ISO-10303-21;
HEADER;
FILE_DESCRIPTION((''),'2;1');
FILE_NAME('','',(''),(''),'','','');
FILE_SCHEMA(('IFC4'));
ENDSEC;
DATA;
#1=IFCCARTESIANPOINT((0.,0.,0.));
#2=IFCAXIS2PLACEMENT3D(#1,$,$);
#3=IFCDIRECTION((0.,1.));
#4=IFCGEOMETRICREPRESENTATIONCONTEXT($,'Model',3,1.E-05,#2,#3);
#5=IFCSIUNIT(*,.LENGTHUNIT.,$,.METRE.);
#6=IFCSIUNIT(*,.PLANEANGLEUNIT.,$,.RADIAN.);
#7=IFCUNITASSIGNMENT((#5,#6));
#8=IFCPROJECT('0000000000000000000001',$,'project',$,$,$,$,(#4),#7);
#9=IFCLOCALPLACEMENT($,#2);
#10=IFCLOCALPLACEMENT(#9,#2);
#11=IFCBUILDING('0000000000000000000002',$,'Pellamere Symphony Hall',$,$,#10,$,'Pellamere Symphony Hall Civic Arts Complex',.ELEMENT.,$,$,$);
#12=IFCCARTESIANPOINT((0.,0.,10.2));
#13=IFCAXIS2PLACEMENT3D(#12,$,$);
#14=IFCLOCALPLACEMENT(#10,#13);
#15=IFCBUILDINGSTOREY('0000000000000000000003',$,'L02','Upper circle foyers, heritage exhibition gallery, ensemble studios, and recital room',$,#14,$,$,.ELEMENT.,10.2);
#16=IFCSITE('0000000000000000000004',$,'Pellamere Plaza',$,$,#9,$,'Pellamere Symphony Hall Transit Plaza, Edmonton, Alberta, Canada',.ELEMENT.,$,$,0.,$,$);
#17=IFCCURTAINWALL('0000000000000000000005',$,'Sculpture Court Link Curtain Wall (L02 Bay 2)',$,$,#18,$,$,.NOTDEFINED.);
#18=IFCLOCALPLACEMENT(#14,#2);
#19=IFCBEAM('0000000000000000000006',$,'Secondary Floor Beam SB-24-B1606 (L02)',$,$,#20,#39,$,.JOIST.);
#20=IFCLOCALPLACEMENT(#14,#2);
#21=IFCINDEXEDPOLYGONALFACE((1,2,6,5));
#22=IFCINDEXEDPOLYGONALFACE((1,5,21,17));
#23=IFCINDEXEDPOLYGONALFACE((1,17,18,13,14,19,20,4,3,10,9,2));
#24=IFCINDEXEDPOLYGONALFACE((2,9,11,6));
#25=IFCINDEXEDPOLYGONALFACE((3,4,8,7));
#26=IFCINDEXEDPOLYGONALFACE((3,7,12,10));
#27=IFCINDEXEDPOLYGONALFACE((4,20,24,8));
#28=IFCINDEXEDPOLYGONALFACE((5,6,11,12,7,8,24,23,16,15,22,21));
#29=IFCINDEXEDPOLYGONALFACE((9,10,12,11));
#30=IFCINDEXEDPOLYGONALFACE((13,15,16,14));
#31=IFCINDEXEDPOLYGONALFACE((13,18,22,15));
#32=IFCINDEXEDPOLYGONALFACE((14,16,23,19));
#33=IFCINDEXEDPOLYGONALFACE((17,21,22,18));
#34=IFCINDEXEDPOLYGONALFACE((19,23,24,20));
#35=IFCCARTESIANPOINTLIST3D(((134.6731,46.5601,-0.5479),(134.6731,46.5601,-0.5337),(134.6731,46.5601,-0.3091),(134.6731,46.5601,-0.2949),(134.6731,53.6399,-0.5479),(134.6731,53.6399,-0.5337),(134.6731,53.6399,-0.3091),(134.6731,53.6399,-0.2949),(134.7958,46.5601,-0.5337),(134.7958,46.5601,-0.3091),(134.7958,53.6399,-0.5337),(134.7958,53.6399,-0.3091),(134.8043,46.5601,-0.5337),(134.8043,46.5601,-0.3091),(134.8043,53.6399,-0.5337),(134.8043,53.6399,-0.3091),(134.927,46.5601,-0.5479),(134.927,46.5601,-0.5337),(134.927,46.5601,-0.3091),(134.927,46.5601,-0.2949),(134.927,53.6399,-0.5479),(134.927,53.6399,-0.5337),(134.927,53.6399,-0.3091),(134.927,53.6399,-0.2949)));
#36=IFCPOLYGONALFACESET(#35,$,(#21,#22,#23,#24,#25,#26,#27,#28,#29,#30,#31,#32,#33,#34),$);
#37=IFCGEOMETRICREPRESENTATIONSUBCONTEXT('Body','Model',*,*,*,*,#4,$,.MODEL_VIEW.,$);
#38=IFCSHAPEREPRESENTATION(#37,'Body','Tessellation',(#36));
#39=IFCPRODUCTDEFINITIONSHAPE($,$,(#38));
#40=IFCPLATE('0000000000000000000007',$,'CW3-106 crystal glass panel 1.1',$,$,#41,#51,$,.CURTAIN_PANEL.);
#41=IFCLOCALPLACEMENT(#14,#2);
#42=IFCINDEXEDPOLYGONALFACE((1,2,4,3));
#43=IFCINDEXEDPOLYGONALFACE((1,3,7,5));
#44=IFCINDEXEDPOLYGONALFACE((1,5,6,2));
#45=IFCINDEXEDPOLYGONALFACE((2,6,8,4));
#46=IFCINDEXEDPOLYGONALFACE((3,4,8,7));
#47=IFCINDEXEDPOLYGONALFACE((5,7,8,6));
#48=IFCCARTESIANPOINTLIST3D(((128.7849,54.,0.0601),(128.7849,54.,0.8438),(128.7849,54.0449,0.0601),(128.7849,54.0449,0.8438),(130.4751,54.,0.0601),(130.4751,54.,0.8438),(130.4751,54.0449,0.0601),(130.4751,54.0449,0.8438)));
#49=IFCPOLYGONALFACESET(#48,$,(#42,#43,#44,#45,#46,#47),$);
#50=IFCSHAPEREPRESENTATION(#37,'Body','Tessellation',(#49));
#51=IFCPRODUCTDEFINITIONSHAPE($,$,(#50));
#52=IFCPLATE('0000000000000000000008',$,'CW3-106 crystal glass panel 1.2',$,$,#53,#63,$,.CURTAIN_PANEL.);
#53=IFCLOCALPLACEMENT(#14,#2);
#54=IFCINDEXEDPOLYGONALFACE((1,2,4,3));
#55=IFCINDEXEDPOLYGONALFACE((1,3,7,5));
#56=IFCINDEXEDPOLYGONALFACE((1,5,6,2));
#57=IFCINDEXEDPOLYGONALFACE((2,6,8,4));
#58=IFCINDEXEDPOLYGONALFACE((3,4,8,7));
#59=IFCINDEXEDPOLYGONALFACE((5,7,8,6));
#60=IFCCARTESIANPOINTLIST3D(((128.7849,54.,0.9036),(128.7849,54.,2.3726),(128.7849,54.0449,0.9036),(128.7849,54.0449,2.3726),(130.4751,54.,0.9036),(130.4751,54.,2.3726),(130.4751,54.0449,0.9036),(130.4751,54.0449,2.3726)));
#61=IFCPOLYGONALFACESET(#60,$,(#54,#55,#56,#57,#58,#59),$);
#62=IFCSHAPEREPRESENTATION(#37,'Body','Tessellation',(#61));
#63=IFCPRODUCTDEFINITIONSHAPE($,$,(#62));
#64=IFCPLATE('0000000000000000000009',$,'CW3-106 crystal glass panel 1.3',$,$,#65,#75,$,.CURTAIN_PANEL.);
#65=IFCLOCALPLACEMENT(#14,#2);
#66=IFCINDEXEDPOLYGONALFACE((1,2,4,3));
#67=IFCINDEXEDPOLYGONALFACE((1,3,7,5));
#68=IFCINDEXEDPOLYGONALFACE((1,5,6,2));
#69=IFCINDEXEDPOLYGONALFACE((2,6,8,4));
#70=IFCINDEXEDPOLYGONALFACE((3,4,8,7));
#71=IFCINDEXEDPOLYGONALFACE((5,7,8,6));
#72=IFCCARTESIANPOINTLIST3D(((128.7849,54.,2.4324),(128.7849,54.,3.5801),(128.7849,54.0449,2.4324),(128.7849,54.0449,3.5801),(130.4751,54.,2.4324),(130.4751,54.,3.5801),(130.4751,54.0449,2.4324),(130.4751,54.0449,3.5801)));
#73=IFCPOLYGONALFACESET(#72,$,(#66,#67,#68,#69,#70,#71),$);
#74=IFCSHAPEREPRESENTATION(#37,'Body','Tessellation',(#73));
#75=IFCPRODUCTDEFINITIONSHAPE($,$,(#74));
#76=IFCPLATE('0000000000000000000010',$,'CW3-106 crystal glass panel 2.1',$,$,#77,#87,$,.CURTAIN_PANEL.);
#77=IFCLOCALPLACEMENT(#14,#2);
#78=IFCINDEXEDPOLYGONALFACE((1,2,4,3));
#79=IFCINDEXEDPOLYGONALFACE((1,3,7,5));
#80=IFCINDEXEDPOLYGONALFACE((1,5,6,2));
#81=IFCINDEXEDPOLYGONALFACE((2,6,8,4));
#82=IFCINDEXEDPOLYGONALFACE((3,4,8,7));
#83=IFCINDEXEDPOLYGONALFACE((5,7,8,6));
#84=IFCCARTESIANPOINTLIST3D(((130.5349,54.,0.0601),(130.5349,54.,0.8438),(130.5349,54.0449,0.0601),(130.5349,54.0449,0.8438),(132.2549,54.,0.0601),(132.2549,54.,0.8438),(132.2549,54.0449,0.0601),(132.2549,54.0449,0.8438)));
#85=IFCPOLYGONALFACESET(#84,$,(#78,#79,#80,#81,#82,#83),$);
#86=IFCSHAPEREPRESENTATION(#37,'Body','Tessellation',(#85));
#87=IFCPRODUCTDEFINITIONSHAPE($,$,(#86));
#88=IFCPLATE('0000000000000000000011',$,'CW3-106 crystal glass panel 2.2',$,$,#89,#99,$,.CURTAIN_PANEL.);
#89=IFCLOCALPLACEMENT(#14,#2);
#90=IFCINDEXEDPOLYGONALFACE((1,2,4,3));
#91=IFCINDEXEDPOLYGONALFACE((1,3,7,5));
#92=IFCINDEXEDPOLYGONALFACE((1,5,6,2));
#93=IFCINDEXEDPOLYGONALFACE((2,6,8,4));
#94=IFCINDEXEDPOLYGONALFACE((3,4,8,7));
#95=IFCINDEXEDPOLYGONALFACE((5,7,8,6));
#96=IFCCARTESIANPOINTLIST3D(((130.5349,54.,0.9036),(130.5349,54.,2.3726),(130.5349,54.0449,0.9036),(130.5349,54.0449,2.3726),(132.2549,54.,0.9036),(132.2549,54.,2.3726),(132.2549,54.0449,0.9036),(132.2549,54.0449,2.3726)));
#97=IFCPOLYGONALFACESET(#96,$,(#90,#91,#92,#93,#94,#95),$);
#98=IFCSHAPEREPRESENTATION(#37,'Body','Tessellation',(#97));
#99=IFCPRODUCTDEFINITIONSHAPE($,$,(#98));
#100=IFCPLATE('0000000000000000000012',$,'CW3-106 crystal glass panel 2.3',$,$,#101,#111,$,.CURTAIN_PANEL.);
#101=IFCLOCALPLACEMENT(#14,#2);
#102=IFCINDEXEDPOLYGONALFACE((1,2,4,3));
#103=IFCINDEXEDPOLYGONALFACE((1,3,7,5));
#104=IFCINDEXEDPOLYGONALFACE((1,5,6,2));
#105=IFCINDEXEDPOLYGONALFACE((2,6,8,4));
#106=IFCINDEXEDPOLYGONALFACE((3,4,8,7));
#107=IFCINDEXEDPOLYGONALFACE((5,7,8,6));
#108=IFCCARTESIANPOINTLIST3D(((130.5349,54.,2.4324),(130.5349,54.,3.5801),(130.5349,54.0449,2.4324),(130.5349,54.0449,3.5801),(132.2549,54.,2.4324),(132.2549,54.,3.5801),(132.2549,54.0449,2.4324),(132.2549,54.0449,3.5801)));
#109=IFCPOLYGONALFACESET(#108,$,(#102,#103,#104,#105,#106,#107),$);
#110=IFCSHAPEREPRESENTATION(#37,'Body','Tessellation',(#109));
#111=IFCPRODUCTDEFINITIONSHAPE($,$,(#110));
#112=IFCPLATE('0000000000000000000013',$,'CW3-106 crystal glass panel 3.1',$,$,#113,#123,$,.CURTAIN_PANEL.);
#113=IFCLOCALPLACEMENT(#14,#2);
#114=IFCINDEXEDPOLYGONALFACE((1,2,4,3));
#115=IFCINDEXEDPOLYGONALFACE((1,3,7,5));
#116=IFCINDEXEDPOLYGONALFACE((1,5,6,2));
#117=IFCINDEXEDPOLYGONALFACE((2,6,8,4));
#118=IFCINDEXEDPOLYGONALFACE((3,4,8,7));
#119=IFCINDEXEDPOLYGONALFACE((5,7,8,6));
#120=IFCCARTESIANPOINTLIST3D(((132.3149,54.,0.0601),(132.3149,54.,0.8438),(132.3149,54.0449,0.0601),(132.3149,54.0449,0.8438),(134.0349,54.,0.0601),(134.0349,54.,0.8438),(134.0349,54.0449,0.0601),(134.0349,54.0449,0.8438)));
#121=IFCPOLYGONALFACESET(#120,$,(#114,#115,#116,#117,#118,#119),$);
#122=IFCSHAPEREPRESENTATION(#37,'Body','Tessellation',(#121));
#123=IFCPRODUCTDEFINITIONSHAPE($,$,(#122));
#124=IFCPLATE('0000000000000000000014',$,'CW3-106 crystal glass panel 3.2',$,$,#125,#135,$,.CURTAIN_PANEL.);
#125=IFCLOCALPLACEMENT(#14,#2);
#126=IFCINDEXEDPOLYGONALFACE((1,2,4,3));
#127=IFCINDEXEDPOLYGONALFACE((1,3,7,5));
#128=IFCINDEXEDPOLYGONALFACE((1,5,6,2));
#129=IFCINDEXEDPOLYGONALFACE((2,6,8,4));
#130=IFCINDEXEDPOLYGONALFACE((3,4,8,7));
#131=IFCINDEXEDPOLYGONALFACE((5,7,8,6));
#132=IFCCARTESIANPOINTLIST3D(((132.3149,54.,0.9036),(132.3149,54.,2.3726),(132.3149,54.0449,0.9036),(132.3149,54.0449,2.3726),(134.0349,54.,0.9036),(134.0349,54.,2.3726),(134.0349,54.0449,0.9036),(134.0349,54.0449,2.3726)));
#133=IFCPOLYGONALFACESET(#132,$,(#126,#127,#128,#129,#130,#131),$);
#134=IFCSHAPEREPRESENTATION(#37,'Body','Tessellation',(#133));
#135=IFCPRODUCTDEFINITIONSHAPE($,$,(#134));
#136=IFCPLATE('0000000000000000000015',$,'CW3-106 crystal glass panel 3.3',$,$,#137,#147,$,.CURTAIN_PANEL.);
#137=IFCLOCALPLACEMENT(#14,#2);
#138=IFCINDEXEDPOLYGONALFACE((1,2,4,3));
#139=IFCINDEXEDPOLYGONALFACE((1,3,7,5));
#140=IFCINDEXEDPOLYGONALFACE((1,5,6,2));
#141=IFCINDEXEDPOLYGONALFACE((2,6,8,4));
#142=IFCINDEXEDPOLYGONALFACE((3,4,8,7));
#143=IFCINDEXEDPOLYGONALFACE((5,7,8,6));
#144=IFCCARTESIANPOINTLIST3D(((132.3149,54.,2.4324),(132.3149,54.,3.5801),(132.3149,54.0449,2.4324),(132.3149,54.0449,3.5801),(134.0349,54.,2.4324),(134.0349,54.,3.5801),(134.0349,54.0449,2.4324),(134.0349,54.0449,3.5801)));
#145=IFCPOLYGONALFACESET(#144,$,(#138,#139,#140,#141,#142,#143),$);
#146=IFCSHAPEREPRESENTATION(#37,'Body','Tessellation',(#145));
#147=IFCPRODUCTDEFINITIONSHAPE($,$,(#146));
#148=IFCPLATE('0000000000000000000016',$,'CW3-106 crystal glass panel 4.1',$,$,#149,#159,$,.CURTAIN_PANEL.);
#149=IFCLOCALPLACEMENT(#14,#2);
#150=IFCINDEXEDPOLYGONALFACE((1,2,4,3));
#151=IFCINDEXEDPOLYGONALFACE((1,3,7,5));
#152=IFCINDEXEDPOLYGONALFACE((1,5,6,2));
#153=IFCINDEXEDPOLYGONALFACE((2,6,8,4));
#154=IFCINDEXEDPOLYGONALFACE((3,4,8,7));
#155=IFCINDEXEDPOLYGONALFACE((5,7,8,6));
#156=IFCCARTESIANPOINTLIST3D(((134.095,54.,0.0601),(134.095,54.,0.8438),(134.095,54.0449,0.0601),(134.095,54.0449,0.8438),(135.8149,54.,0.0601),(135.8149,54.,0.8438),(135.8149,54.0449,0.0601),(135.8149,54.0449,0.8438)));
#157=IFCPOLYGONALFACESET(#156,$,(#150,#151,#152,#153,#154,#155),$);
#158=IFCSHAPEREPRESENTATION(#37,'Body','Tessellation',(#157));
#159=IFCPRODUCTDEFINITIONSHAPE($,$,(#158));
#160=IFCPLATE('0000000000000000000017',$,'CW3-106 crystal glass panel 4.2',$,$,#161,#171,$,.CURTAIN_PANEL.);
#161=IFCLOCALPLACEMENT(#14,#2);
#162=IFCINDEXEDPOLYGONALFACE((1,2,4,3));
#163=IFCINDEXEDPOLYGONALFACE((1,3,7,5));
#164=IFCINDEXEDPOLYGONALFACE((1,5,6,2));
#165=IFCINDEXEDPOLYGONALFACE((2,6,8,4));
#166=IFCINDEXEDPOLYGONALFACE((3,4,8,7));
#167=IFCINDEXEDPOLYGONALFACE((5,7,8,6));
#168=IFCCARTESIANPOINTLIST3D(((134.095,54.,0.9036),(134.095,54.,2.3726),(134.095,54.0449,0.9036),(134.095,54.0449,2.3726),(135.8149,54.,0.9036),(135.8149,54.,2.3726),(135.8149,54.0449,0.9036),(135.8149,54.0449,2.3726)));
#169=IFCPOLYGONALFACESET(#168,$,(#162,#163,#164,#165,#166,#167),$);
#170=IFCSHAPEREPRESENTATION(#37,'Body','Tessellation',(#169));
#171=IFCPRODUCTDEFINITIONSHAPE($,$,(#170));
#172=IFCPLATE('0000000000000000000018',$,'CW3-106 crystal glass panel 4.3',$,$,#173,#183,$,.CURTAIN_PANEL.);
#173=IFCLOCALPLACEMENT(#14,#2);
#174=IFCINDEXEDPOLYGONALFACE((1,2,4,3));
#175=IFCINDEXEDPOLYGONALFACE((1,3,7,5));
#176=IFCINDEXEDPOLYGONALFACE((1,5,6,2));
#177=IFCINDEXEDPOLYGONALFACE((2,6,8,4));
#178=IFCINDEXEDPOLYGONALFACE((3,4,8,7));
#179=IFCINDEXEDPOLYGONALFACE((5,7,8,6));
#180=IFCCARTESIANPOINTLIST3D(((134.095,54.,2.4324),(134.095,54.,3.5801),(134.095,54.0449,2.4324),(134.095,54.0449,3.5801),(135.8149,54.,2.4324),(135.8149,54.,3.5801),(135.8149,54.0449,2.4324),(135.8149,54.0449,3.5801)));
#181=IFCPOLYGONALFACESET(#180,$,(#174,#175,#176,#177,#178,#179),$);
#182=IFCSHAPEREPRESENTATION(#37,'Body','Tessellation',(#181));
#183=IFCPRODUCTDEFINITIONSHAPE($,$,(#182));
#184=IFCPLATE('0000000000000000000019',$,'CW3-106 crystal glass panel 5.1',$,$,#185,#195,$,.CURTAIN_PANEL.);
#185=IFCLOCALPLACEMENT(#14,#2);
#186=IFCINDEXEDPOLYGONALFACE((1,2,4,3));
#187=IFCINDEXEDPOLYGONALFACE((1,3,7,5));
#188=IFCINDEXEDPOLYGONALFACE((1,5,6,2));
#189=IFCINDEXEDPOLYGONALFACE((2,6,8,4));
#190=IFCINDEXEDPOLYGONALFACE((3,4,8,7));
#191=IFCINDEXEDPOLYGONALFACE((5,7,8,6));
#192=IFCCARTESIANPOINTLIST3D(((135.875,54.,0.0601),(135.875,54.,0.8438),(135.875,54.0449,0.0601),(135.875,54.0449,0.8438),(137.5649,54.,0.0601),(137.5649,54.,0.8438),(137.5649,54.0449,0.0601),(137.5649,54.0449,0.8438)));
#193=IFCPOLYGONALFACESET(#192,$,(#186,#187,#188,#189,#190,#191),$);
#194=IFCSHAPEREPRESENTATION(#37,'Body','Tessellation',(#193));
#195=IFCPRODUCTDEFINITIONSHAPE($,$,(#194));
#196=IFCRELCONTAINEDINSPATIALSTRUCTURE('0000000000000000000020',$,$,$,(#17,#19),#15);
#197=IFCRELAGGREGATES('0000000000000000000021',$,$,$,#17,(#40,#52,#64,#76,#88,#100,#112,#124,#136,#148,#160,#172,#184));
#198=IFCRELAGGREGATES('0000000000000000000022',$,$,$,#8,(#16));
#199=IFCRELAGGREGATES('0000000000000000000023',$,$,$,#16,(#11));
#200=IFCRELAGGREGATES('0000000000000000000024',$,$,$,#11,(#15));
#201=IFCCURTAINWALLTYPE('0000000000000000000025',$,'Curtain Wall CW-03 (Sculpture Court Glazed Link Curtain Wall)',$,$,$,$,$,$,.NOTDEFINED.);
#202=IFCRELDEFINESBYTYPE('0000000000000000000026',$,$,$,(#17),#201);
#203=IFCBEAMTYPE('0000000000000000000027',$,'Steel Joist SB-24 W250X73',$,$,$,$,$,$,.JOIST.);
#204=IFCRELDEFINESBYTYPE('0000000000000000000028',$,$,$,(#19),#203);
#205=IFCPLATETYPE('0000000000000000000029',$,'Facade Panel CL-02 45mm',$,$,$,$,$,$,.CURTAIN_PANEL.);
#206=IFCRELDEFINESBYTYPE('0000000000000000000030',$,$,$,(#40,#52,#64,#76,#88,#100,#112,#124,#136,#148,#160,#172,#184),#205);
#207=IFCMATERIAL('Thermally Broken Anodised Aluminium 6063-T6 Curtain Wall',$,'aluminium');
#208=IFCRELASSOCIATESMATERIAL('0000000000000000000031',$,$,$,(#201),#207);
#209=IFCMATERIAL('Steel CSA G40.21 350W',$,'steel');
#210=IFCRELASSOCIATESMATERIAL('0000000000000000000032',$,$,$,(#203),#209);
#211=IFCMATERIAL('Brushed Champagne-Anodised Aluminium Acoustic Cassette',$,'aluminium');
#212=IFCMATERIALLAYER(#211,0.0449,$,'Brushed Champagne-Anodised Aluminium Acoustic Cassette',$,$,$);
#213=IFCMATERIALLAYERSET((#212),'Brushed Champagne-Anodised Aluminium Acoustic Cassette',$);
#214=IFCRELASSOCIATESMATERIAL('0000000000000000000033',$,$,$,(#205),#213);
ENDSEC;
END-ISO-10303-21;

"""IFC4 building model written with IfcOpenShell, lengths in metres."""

from ifc_helpers import new_model, si_unit, direction, frame, origin, origin_2d, place, context, subcontext, project, spatial, polyline, i_section, outline, extrude, material, layer, layer_set, material_profile, profile_set, type_object, element, aggregate, save


model = new_model("IFC4")

# Units and contexts
model_context = context("Model", 3, precision=1e-05, world=origin(), true_north=direction((0.0, 1.0)))
body_context = subcontext(model_context, "Body", "Model", "MODEL_VIEW")
ifc_project = project(units=[si_unit("LENGTHUNIT", "METRE"), si_unit("PLANEANGLEUNIT", "RADIAN")], contexts=[model_context])

# Site, building, storey
site_placement = place(None, origin())
site = spatial("IfcSite", under=ifc_project, at=site_placement, Name="Pellamere Plaza", LongName="Pellamere Symphony Hall Transit Plaza, Edmonton, Alberta, Canada", CompositionType="ELEMENT", RefElevation=0.0)
building_placement = place(site_placement, origin())
building = spatial("IfcBuilding", under=site, at=building_placement, Name="Pellamere Symphony Hall", LongName="Pellamere Symphony Hall Civic Arts Complex", CompositionType="ELEMENT")
storey_placement = place(building_placement, frame((0.0, 0.0, 10.2)))
storey = spatial("IfcBuildingStorey", under=building, at=storey_placement, Name="L02", Description="Upper circle foyers, heritage exhibition gallery, ensemble studios, and recital room", CompositionType="ELEMENT", Elevation=10.2)

# Curtain wall
ifc_material_1 = material(Name="Thermally Broken Anodised Aluminium 6063-T6 Curtain Wall", Category="aluminium")
curtain_wall_type = type_object("IfcCurtainWallType", Name="Curtain Wall CW-03 (Sculpture Court Glazed Link Curtain Wall)", PredefinedType="NOTDEFINED", material=ifc_material_1)
curtain_wall_placement = place(storey_placement, origin())
curtain_wall = element("IfcCurtainWall", 1, at=curtain_wall_placement, inside=storey, type_object=curtain_wall_type, Name="Sculpture Court Link Curtain Wall (L02 Bay 2)", PredefinedType="NOTDEFINED")

# Beam
ifc_material_2 = material(Name="Steel CSA G40.21 350W", Category="steel")
ifc_material_profile_1 = material_profile(ifc_material_2, i_section(OverallWidth=0.2539, OverallDepth=0.2529, WebThickness=0.0085, FlangeThickness=0.0142, at=origin_2d()), Name="W250X73")
ifc_profile_set_1 = profile_set([ifc_material_profile_1], Name="Steel CSA G40.21 350W")
beam_type = type_object("IfcBeamType", Name="Steel Joist SB-24 W250X73", PredefinedType="JOIST", material=ifc_profile_set_1)
beam_placement = place(storey_placement, frame((134.8, 46.5601, -0.4214), z_axis=(0.0, 1.0, 0.0), x_axis=(-1.0, 0.0, 0.0)))
element("IfcBeam", 2, at=beam_placement, inside=storey, type_object=beam_type, Name="Secondary Floor Beam SB-24-B1606 (L02)", PredefinedType="JOIST", context=body_context, shape_type="SweptSolid", body=[
    extrude(i_section(OverallWidth=0.2539, OverallDepth=0.2529, WebThickness=0.0085, FlangeThickness=0.0142, at=origin_2d()), origin(), (0.0, 0.0, 1.0), 7.0798),
])

# Plates
ifc_material_3 = material(Name="Brushed Champagne-Anodised Aluminium Acoustic Cassette", Category="aluminium")
ifc_layer_1 = layer(ifc_material_3, 0.0449, Name="Brushed Champagne-Anodised Aluminium Acoustic Cassette")
ifc_layer_set_1 = layer_set([ifc_layer_1], Name="Brushed Champagne-Anodised Aluminium Acoustic Cassette")
plate_type = type_object("IfcPlateType", Name="Facade Panel CL-02 45mm", PredefinedType="CURTAIN_PANEL", material=ifc_layer_set_1)
plate_1_placement = place(storey_placement, frame((128.7849, 54.0, 0.0601), z_axis=(0.0, -1.0, 0.0), x_axis=(1.0, 0.0, 0.0)))
plate_1 = element("IfcPlate", 3, at=plate_1_placement, type_object=plate_type, Name="CW3-106 crystal glass panel 1.1", PredefinedType="CURTAIN_PANEL", context=body_context, shape_type="SweptSolid", body=[
    extrude(outline(polyline([(0.0, 0.0), (1.6902, 0.0), (1.6902, 0.7837), (0.0, 0.7837), (0.0, 0.0)])), origin(), (0.0, 0.0, -1.0), 0.0449),
])
plate_2_placement = place(storey_placement, frame((128.7849, 54.0, 0.9036), z_axis=(0.0, -1.0, 0.0), x_axis=(1.0, 0.0, 0.0)))
plate_2 = element("IfcPlate", 4, at=plate_2_placement, type_object=plate_type, Name="CW3-106 crystal glass panel 1.2", PredefinedType="CURTAIN_PANEL", context=body_context, shape_type="SweptSolid", body=[
    extrude(outline(polyline([(0.0, 0.0), (1.6902, 0.0), (1.6902, 1.469), (0.0, 1.469), (0.0, 0.0)])), origin(), (0.0, 0.0, -1.0), 0.0449),
])
plate_3_placement = place(storey_placement, frame((128.7849, 54.0, 2.4324), z_axis=(0.0, -1.0, 0.0), x_axis=(1.0, 0.0, 0.0)))
plate_3 = element("IfcPlate", 5, at=plate_3_placement, type_object=plate_type, Name="CW3-106 crystal glass panel 1.3", PredefinedType="CURTAIN_PANEL", context=body_context, shape_type="SweptSolid", body=[
    extrude(outline(polyline([(0.0, 0.0), (1.6902, 0.0), (1.6902, 1.1477), (0.0, 1.1477), (0.0, 0.0)])), origin(), (0.0, 0.0, -1.0), 0.0449),
])
plate_4_placement = place(storey_placement, frame((130.5349, 54.0, 0.0601), z_axis=(0.0, -1.0, 0.0), x_axis=(1.0, 0.0, 0.0)))
plate_4 = element("IfcPlate", 6, at=plate_4_placement, type_object=plate_type, Name="CW3-106 crystal glass panel 2.1", PredefinedType="CURTAIN_PANEL", context=body_context, shape_type="SweptSolid", body=[
    extrude(outline(polyline([(0.0, 0.0), (1.72, 0.0), (1.72, 0.7837), (0.0, 0.7837), (0.0, 0.0)])), origin(), (0.0, 0.0, -1.0), 0.0449),
])
plate_5_placement = place(storey_placement, frame((130.5349, 54.0, 0.9036), z_axis=(0.0, -1.0, 0.0), x_axis=(1.0, 0.0, 0.0)))
plate_5 = element("IfcPlate", 7, at=plate_5_placement, type_object=plate_type, Name="CW3-106 crystal glass panel 2.2", PredefinedType="CURTAIN_PANEL", context=body_context, shape_type="SweptSolid", body=[
    extrude(outline(polyline([(0.0, 0.0), (1.72, 0.0), (1.72, 1.469), (0.0, 1.469), (0.0, 0.0)])), origin(), (0.0, 0.0, -1.0), 0.0449),
])
plate_6_placement = place(storey_placement, frame((130.5349, 54.0, 2.4324), z_axis=(0.0, -1.0, 0.0), x_axis=(1.0, 0.0, 0.0)))
plate_6 = element("IfcPlate", 8, at=plate_6_placement, type_object=plate_type, Name="CW3-106 crystal glass panel 2.3", PredefinedType="CURTAIN_PANEL", context=body_context, shape_type="SweptSolid", body=[
    extrude(outline(polyline([(0.0, 0.0), (1.72, 0.0), (1.72, 1.1477), (0.0, 1.1477), (0.0, 0.0)])), origin(), (0.0, 0.0, -1.0), 0.0449),
])
plate_7_placement = place(storey_placement, frame((132.3149, 54.0, 0.0601), z_axis=(0.0, -1.0, 0.0), x_axis=(1.0, 0.0, 0.0)))
plate_7 = element("IfcPlate", 9, at=plate_7_placement, type_object=plate_type, Name="CW3-106 crystal glass panel 3.1", PredefinedType="CURTAIN_PANEL", context=body_context, shape_type="SweptSolid", body=[
    extrude(outline(polyline([(0.0, 0.0), (1.72, 0.0), (1.72, 0.7837), (0.0, 0.7837), (0.0, 0.0)])), origin(), (0.0, 0.0, -1.0), 0.0449),
])
plate_8_placement = place(storey_placement, frame((132.3149, 54.0, 0.9036), z_axis=(0.0, -1.0, 0.0), x_axis=(1.0, 0.0, 0.0)))
plate_8 = element("IfcPlate", 10, at=plate_8_placement, type_object=plate_type, Name="CW3-106 crystal glass panel 3.2", PredefinedType="CURTAIN_PANEL", context=body_context, shape_type="SweptSolid", body=[
    extrude(outline(polyline([(0.0, 0.0), (1.72, 0.0), (1.72, 1.469), (0.0, 1.469), (0.0, 0.0)])), origin(), (0.0, 0.0, -1.0), 0.0449),
])
plate_9_placement = place(storey_placement, frame((132.3149, 54.0, 2.4324), z_axis=(0.0, -1.0, 0.0), x_axis=(1.0, 0.0, 0.0)))
plate_9 = element("IfcPlate", 11, at=plate_9_placement, type_object=plate_type, Name="CW3-106 crystal glass panel 3.3", PredefinedType="CURTAIN_PANEL", context=body_context, shape_type="SweptSolid", body=[
    extrude(outline(polyline([(0.0, 0.0), (1.72, 0.0), (1.72, 1.1477), (0.0, 1.1477), (0.0, 0.0)])), origin(), (0.0, 0.0, -1.0), 0.0449),
])
plate_10_placement = place(storey_placement, frame((134.095, 54.0, 0.0601), z_axis=(0.0, -1.0, 0.0), x_axis=(1.0, 0.0, 0.0)))
plate_10 = element("IfcPlate", 12, at=plate_10_placement, type_object=plate_type, Name="CW3-106 crystal glass panel 4.1", PredefinedType="CURTAIN_PANEL", context=body_context, shape_type="SweptSolid", body=[
    extrude(outline(polyline([(0.0, 0.0), (1.72, 0.0), (1.72, 0.7837), (0.0, 0.7837), (0.0, 0.0)])), origin(), (0.0, 0.0, -1.0), 0.0449),
])
plate_11_placement = place(storey_placement, frame((134.095, 54.0, 0.9036), z_axis=(0.0, -1.0, 0.0), x_axis=(1.0, 0.0, 0.0)))
plate_11 = element("IfcPlate", 13, at=plate_11_placement, type_object=plate_type, Name="CW3-106 crystal glass panel 4.2", PredefinedType="CURTAIN_PANEL", context=body_context, shape_type="SweptSolid", body=[
    extrude(outline(polyline([(0.0, 0.0), (1.72, 0.0), (1.72, 1.469), (0.0, 1.469), (0.0, 0.0)])), origin(), (0.0, 0.0, -1.0), 0.0449),
])
plate_12_placement = place(storey_placement, frame((134.095, 54.0, 2.4324), z_axis=(0.0, -1.0, 0.0), x_axis=(1.0, 0.0, 0.0)))
plate_12 = element("IfcPlate", 14, at=plate_12_placement, type_object=plate_type, Name="CW3-106 crystal glass panel 4.3", PredefinedType="CURTAIN_PANEL", context=body_context, shape_type="SweptSolid", body=[
    extrude(outline(polyline([(0.0, 0.0), (1.72, 0.0), (1.72, 1.1477), (0.0, 1.1477), (0.0, 0.0)])), origin(), (0.0, 0.0, -1.0), 0.0449),
])
plate_13_placement = place(storey_placement, frame((135.875, 54.0, 0.0601), z_axis=(0.0, -1.0, 0.0), x_axis=(1.0, 0.0, 0.0)))
plate_13 = element("IfcPlate", 15, at=plate_13_placement, type_object=plate_type, Name="CW3-106 crystal glass panel 5.1", PredefinedType="CURTAIN_PANEL", context=body_context, shape_type="SweptSolid", body=[
    extrude(outline(polyline([(0.0, 0.0), (1.6899, 0.0), (1.6899, 0.7837), (0.0, 0.7837), (0.0, 0.0)])), origin(), (0.0, 0.0, -1.0), 0.0449),
])
aggregate(curtain_wall, [plate_1, plate_2, plate_3, plate_4, plate_5, plate_6, plate_7, plate_8, plate_9, plate_10, plate_11, plate_12, plate_13])

save(model, "model.ifc")
